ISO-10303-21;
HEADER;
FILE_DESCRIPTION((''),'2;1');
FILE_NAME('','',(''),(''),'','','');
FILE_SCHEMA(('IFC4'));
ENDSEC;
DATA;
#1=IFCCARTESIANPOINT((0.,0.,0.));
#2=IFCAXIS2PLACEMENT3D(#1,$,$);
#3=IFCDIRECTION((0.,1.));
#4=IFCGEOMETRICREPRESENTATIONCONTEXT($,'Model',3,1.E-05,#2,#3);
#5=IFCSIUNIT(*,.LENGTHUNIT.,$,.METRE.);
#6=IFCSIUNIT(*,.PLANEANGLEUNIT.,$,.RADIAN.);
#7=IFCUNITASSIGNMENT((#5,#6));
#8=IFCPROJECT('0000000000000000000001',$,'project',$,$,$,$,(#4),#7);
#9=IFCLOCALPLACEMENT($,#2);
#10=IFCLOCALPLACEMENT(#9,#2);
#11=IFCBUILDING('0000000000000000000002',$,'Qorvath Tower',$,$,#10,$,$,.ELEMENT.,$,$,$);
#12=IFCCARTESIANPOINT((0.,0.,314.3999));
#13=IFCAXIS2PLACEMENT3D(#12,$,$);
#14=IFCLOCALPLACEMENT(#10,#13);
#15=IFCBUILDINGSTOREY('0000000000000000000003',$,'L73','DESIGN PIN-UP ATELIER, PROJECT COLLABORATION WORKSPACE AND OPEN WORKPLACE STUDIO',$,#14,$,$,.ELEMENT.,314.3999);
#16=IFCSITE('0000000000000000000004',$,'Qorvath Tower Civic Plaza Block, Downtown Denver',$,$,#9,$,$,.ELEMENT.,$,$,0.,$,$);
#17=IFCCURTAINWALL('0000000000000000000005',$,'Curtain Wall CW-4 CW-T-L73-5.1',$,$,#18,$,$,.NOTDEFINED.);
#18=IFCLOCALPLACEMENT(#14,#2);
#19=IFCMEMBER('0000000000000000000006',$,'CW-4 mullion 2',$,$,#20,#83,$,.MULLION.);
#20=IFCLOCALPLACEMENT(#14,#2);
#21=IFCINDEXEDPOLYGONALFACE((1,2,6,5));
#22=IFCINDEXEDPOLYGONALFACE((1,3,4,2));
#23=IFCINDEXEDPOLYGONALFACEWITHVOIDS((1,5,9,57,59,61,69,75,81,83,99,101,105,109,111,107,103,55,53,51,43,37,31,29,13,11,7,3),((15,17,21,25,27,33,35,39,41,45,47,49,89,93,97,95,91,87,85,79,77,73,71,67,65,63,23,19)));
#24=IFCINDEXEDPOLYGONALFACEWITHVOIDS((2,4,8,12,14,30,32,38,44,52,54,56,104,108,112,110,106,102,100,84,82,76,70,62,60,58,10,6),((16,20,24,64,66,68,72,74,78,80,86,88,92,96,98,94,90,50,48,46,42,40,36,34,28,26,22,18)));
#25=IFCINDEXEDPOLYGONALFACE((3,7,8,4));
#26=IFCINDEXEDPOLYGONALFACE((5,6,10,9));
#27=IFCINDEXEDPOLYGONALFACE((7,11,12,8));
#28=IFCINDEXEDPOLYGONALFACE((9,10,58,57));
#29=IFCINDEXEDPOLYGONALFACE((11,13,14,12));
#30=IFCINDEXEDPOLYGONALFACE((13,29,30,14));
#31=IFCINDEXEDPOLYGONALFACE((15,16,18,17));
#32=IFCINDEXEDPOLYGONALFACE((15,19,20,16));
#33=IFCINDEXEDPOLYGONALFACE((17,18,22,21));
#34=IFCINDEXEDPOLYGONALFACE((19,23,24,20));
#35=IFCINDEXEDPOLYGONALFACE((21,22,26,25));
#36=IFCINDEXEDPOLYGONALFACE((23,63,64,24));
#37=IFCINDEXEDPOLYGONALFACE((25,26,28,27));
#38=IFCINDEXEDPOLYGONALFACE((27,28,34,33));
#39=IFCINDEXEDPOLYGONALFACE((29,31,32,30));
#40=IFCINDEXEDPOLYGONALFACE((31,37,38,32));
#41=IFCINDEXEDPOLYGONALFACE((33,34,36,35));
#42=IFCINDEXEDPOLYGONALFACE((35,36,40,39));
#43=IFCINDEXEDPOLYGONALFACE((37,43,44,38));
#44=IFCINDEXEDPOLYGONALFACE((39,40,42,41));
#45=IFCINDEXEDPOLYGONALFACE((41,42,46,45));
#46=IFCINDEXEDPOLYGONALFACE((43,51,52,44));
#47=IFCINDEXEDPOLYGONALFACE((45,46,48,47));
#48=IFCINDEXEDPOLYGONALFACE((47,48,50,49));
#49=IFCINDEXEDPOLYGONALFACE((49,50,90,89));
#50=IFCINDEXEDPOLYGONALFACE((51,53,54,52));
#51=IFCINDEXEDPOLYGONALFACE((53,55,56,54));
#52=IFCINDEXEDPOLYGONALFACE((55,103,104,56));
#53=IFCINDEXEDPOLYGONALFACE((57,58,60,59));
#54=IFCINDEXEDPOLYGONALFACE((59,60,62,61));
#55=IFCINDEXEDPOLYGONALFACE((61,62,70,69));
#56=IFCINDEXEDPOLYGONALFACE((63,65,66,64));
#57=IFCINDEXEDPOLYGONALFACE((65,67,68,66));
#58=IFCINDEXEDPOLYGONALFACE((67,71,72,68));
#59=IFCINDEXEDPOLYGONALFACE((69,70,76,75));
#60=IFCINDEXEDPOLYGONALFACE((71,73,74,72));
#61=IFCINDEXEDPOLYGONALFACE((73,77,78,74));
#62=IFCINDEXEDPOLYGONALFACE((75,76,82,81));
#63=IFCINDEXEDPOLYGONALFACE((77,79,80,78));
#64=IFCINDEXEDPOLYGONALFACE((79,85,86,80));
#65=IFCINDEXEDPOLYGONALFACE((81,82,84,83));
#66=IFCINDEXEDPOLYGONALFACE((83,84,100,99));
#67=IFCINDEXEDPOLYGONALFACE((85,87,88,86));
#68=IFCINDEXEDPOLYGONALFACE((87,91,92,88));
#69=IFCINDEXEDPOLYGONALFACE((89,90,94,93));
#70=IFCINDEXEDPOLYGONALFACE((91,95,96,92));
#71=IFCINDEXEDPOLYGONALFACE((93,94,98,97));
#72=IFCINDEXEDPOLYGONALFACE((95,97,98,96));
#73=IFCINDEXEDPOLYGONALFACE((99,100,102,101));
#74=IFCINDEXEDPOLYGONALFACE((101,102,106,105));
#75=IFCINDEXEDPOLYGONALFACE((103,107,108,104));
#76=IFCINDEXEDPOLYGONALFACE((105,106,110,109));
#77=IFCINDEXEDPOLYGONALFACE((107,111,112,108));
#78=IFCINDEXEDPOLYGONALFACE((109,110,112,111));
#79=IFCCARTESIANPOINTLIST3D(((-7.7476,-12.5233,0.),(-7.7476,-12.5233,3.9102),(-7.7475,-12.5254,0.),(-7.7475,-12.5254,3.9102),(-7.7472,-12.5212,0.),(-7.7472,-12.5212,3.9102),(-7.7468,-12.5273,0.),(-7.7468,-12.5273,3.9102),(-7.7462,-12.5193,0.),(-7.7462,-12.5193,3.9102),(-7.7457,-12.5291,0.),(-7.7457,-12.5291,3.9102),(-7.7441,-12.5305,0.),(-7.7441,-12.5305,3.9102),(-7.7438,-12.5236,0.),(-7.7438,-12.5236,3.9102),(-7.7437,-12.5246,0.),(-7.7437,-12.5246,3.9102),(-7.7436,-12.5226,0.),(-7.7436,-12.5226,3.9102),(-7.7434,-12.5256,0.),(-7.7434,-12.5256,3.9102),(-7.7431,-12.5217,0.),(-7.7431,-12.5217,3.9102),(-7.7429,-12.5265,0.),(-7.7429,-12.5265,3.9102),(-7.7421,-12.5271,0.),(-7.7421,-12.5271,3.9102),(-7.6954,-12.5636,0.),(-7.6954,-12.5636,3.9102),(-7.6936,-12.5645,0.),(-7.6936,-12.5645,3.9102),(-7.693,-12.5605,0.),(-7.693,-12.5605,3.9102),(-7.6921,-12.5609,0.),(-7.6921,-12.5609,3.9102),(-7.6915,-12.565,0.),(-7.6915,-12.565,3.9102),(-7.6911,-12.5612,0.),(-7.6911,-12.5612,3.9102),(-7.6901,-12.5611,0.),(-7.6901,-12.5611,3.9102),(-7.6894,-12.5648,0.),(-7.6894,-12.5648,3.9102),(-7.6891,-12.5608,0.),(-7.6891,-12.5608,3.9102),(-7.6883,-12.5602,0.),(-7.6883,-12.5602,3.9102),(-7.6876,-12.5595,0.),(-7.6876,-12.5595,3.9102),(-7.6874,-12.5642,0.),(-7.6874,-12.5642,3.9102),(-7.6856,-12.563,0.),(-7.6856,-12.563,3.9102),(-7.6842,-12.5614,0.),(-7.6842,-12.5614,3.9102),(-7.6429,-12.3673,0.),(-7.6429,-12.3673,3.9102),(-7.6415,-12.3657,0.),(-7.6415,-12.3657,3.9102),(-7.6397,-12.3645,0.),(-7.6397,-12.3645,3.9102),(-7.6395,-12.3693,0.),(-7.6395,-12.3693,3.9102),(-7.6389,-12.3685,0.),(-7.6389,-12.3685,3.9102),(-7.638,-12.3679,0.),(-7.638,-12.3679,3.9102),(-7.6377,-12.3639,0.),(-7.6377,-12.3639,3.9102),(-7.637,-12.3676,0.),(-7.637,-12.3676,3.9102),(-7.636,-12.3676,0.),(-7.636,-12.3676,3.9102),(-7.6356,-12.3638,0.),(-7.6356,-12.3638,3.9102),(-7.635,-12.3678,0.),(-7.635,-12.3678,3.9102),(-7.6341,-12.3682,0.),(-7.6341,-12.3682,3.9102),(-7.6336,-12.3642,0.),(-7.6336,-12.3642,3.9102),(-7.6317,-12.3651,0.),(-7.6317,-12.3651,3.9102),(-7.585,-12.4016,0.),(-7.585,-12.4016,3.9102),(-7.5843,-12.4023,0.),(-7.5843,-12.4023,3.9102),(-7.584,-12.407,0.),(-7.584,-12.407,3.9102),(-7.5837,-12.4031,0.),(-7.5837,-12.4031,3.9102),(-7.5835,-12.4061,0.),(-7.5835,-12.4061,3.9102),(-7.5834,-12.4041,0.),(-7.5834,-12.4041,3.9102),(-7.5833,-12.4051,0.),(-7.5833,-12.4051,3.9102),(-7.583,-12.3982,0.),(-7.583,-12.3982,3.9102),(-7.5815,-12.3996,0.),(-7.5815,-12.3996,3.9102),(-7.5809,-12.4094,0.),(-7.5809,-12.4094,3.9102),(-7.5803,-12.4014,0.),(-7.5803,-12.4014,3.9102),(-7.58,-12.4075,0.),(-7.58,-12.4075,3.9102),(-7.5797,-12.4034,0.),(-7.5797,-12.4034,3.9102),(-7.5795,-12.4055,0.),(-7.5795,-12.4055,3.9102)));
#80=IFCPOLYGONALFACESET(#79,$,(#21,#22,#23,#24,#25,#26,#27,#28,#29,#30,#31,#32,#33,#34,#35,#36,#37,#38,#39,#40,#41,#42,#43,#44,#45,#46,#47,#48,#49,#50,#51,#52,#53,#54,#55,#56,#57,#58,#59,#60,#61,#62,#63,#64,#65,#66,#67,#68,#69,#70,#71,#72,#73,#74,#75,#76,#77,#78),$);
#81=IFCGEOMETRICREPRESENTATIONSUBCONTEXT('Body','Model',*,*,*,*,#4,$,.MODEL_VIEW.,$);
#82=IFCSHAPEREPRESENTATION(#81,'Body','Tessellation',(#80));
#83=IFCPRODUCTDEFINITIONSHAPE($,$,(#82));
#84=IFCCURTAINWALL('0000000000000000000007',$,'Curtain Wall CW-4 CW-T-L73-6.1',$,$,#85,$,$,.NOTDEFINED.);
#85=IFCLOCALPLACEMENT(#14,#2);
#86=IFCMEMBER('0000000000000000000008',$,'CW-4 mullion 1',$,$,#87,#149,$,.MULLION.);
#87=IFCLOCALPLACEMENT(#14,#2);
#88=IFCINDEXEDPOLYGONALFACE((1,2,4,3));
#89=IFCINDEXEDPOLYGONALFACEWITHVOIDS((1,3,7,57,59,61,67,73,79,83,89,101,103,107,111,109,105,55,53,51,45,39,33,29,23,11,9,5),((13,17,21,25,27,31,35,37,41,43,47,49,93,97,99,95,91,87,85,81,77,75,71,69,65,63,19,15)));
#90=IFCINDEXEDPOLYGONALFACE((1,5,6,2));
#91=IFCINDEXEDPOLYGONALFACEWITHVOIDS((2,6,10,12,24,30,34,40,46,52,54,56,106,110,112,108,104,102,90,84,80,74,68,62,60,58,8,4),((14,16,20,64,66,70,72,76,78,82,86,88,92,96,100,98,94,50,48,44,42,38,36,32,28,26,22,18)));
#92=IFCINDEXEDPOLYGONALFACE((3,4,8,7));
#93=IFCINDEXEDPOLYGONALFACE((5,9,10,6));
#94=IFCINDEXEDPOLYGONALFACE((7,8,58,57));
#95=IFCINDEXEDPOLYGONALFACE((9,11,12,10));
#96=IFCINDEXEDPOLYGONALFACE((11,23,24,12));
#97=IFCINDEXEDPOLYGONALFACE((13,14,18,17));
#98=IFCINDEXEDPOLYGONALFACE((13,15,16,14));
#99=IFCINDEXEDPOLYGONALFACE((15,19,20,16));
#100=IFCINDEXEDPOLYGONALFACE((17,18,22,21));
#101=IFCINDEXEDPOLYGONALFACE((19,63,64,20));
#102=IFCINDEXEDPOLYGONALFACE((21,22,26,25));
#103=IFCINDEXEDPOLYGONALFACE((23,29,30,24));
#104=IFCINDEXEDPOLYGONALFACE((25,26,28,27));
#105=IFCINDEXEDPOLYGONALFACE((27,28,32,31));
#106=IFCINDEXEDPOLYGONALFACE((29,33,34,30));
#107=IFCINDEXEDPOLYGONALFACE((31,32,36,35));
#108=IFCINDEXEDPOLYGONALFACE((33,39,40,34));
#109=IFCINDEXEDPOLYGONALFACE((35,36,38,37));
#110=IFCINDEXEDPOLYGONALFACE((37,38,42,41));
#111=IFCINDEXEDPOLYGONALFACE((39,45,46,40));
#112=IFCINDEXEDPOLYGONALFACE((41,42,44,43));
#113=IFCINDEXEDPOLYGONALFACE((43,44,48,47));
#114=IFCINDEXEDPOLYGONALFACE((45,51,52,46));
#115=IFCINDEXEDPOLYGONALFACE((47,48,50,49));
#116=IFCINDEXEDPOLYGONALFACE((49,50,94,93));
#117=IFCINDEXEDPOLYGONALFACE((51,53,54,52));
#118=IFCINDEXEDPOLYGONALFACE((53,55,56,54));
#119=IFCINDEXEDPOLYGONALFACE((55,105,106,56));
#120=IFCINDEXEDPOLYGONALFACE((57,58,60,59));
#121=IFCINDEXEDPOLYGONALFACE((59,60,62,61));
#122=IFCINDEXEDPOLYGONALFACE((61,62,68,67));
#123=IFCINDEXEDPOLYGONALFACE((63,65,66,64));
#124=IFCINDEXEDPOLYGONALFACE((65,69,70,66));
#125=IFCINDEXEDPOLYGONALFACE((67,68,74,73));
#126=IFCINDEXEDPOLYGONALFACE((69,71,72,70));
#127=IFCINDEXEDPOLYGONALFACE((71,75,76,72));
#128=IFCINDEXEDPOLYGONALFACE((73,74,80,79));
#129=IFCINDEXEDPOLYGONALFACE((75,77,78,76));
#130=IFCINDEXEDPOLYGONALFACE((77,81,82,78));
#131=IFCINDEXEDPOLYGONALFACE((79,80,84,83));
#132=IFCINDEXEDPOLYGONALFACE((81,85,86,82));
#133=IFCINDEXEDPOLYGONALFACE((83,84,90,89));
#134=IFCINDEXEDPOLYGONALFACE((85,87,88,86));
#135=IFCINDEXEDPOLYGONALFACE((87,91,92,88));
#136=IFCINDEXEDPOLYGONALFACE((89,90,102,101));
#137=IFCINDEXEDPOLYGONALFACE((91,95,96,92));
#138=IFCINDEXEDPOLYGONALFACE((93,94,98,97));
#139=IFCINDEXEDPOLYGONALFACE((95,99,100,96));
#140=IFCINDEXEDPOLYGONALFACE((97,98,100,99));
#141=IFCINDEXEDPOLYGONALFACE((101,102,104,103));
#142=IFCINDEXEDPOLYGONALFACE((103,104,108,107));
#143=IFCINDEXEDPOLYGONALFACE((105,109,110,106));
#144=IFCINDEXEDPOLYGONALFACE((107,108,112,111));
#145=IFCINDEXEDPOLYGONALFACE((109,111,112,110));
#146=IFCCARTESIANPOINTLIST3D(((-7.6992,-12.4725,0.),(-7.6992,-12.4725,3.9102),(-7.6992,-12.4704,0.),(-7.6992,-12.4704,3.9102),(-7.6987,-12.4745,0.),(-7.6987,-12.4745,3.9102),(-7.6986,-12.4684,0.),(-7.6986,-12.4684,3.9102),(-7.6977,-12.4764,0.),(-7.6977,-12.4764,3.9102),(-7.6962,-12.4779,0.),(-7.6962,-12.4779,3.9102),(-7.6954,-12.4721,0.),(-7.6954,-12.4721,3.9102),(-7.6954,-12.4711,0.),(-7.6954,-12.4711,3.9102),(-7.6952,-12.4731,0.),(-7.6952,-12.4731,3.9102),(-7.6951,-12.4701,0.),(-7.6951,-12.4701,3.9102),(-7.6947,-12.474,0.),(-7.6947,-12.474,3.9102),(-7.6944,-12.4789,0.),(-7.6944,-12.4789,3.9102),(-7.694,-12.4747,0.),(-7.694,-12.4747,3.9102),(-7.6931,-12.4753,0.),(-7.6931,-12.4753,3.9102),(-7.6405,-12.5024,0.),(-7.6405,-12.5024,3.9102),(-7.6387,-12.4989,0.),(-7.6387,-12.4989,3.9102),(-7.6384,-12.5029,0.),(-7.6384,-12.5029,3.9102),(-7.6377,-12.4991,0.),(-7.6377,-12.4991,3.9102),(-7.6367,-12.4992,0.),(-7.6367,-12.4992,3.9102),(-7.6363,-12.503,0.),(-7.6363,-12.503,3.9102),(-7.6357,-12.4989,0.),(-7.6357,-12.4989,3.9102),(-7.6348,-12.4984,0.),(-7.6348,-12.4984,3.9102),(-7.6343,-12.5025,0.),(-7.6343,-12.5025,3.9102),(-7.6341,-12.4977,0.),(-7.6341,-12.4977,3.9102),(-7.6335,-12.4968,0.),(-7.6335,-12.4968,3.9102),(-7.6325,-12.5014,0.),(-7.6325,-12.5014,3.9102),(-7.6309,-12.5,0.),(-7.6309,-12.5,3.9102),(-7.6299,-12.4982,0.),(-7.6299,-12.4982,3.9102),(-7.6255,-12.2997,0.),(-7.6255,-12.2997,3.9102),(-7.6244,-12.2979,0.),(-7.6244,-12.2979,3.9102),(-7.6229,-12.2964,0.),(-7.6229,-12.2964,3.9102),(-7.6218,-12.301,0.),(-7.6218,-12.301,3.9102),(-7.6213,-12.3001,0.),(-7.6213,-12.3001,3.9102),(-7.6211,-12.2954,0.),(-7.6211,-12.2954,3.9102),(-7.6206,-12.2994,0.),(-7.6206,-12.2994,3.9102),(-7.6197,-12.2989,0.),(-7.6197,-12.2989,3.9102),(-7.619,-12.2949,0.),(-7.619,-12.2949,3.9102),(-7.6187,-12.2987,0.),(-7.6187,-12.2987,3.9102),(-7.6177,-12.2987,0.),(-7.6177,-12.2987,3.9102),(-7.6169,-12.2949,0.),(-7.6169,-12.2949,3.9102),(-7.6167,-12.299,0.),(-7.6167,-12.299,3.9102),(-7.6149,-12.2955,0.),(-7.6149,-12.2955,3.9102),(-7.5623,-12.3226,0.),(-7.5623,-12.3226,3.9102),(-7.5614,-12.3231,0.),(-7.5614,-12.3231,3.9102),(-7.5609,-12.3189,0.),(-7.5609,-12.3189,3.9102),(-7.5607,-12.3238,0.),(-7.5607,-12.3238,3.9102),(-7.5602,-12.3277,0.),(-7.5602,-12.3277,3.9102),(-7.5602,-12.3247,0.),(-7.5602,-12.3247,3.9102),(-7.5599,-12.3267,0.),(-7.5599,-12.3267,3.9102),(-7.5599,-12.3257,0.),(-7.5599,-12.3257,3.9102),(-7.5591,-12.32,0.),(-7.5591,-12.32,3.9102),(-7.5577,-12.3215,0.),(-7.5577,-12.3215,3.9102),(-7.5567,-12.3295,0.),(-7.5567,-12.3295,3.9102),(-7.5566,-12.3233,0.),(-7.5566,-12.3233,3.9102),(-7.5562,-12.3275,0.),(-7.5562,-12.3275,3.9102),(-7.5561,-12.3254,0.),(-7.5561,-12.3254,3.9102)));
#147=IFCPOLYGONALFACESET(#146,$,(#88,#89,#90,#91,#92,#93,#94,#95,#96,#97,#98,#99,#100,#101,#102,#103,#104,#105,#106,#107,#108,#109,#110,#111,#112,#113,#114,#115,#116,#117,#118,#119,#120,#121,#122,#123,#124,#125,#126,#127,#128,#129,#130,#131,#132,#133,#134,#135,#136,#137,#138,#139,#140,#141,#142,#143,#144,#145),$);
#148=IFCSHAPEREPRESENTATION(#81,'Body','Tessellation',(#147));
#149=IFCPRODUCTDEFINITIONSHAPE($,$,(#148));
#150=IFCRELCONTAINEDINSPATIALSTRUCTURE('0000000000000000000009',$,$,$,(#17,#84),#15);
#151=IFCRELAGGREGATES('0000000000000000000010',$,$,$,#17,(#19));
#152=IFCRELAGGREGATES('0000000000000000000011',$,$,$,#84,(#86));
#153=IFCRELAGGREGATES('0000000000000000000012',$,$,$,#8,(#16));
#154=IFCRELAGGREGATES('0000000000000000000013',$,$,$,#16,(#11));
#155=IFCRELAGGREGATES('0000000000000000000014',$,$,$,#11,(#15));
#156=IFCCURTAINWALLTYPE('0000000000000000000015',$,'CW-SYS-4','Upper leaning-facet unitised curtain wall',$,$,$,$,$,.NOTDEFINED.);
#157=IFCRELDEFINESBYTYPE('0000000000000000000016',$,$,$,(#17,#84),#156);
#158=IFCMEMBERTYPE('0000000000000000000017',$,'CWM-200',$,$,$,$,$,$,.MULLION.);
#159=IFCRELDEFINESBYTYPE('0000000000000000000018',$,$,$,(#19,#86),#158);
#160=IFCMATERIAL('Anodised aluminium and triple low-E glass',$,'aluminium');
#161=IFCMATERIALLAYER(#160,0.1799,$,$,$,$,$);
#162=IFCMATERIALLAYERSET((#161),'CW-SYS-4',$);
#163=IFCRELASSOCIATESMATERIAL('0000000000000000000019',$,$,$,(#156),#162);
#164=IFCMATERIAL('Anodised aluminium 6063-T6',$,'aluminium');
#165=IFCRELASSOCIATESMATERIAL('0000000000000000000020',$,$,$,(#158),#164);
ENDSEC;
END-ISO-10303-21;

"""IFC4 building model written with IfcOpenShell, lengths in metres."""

from ifc_helpers import new_model, si_unit, direction, frame, origin, origin_2d, place, context, subcontext, project, spatial, hollow_rectangle, extrude, material, layer, layer_set, material_profile, profile_set, type_object, element, aggregate, save


model = new_model("IFC4")

# Units and contexts
model_context = context("Model", 3, precision=1e-05, world=origin(), true_north=direction((0.0, 1.0)))
body_context = subcontext(model_context, "Body", "Model", "MODEL_VIEW")
ifc_project = project(units=[si_unit("LENGTHUNIT", "METRE"), si_unit("PLANEANGLEUNIT", "RADIAN")], contexts=[model_context])

# Site, building, storey
site_placement = place(None, origin())
site = spatial("IfcSite", under=ifc_project, at=site_placement, Name="Qorvath Tower Civic Plaza Block, Downtown Denver", CompositionType="ELEMENT", RefElevation=0.0)
building_placement = place(site_placement, origin())
building = spatial("IfcBuilding", under=site, at=building_placement, Name="Qorvath Tower", CompositionType="ELEMENT")
storey_placement = place(building_placement, frame((0.0, 0.0, 314.3999)))
storey = spatial("IfcBuildingStorey", under=building, at=storey_placement, Name="L73", Description="DESIGN PIN-UP ATELIER, PROJECT COLLABORATION WORKSPACE AND OPEN WORKPLACE STUDIO", CompositionType="ELEMENT", Elevation=314.3999)

# Shared definitions
ifc_material_1 = material(Name="Anodised aluminium and triple low-E glass", Category="aluminium")
ifc_layer_1 = layer(ifc_material_1, 0.1799)
ifc_layer_set_1 = layer_set([ifc_layer_1], Name="CW-SYS-4")
curtain_wall_type = type_object("IfcCurtainWallType", Name="CW-SYS-4", Description="Upper leaning-facet unitised curtain wall", PredefinedType="NOTDEFINED", material=ifc_layer_set_1)
ifc_material_2 = material(Name="Anodised aluminium 6063-T6", Category="aluminium")
ifc_material_profile_1 = material_profile(ifc_material_2, hollow_rectangle(XDim=0.075, YDim=0.2, WallThickness=0.0039, InnerFilletRadius=0.0039, OuterFilletRadius=0.0081, at=origin_2d()), Name="CWM 200x75")
ifc_profile_set_1 = profile_set([ifc_material_profile_1], Name="Anodised aluminium 6063-T6")
member_type_1 = type_object("IfcMemberType", Name="CWM-200", PredefinedType="MULLION", material=ifc_profile_set_1)

# Curtain walls, members
curtain_wall_1_placement = place(storey_placement, origin())
curtain_wall_1 = element("IfcCurtainWall", 1, at=curtain_wall_1_placement, inside=storey, type_object=curtain_wall_type, Name="Curtain Wall CW-4 CW-T-L73-5.1", PredefinedType="NOTDEFINED")
member_1_placement = place(storey_placement, frame((-7.6636, -12.4644, 0.0), z_axis=(0.0, 0.0, 1.0), x_axis=(-0.827071, 0.562098, 0.0)))
member_1 = element("IfcMember", 2, at=member_1_placement, type_object=member_type_1, Name="CW-4 mullion 2", PredefinedType="MULLION", context=body_context, shape_type="SweptSolid", body=[
    extrude(hollow_rectangle(XDim=0.075, YDim=0.2, WallThickness=0.0039, InnerFilletRadius=0.0039, OuterFilletRadius=0.0081, at=origin_2d()), origin(), (0.0, 0.0, 1.0), 3.9102),
])
curtain_wall_2_placement = place(storey_placement, origin())
curtain_wall_2 = element("IfcCurtainWall", 3, at=curtain_wall_2_placement, inside=storey, type_object=curtain_wall_type, Name="Curtain Wall CW-4 CW-T-L73-6.1", PredefinedType="NOTDEFINED")
member_2_placement = place(storey_placement, frame((-7.6277, -12.3989, 0.0), z_axis=(0.0, 0.0, 1.0), x_axis=(-0.917479, 0.397784, 0.0)))
member_2 = element("IfcMember", 4, at=member_2_placement, type_object=member_type_1, Name="CW-4 mullion 1", PredefinedType="MULLION", context=body_context, shape_type="SweptSolid", body=[
    extrude(hollow_rectangle(XDim=0.075, YDim=0.2, WallThickness=0.0039, InnerFilletRadius=0.0039, OuterFilletRadius=0.0081, at=origin_2d()), origin(), (0.0, 0.0, 1.0), 3.9102),
])

aggregate(curtain_wall_1, [member_1])
aggregate(curtain_wall_2, [member_2])

save(model, "model.ifc")
